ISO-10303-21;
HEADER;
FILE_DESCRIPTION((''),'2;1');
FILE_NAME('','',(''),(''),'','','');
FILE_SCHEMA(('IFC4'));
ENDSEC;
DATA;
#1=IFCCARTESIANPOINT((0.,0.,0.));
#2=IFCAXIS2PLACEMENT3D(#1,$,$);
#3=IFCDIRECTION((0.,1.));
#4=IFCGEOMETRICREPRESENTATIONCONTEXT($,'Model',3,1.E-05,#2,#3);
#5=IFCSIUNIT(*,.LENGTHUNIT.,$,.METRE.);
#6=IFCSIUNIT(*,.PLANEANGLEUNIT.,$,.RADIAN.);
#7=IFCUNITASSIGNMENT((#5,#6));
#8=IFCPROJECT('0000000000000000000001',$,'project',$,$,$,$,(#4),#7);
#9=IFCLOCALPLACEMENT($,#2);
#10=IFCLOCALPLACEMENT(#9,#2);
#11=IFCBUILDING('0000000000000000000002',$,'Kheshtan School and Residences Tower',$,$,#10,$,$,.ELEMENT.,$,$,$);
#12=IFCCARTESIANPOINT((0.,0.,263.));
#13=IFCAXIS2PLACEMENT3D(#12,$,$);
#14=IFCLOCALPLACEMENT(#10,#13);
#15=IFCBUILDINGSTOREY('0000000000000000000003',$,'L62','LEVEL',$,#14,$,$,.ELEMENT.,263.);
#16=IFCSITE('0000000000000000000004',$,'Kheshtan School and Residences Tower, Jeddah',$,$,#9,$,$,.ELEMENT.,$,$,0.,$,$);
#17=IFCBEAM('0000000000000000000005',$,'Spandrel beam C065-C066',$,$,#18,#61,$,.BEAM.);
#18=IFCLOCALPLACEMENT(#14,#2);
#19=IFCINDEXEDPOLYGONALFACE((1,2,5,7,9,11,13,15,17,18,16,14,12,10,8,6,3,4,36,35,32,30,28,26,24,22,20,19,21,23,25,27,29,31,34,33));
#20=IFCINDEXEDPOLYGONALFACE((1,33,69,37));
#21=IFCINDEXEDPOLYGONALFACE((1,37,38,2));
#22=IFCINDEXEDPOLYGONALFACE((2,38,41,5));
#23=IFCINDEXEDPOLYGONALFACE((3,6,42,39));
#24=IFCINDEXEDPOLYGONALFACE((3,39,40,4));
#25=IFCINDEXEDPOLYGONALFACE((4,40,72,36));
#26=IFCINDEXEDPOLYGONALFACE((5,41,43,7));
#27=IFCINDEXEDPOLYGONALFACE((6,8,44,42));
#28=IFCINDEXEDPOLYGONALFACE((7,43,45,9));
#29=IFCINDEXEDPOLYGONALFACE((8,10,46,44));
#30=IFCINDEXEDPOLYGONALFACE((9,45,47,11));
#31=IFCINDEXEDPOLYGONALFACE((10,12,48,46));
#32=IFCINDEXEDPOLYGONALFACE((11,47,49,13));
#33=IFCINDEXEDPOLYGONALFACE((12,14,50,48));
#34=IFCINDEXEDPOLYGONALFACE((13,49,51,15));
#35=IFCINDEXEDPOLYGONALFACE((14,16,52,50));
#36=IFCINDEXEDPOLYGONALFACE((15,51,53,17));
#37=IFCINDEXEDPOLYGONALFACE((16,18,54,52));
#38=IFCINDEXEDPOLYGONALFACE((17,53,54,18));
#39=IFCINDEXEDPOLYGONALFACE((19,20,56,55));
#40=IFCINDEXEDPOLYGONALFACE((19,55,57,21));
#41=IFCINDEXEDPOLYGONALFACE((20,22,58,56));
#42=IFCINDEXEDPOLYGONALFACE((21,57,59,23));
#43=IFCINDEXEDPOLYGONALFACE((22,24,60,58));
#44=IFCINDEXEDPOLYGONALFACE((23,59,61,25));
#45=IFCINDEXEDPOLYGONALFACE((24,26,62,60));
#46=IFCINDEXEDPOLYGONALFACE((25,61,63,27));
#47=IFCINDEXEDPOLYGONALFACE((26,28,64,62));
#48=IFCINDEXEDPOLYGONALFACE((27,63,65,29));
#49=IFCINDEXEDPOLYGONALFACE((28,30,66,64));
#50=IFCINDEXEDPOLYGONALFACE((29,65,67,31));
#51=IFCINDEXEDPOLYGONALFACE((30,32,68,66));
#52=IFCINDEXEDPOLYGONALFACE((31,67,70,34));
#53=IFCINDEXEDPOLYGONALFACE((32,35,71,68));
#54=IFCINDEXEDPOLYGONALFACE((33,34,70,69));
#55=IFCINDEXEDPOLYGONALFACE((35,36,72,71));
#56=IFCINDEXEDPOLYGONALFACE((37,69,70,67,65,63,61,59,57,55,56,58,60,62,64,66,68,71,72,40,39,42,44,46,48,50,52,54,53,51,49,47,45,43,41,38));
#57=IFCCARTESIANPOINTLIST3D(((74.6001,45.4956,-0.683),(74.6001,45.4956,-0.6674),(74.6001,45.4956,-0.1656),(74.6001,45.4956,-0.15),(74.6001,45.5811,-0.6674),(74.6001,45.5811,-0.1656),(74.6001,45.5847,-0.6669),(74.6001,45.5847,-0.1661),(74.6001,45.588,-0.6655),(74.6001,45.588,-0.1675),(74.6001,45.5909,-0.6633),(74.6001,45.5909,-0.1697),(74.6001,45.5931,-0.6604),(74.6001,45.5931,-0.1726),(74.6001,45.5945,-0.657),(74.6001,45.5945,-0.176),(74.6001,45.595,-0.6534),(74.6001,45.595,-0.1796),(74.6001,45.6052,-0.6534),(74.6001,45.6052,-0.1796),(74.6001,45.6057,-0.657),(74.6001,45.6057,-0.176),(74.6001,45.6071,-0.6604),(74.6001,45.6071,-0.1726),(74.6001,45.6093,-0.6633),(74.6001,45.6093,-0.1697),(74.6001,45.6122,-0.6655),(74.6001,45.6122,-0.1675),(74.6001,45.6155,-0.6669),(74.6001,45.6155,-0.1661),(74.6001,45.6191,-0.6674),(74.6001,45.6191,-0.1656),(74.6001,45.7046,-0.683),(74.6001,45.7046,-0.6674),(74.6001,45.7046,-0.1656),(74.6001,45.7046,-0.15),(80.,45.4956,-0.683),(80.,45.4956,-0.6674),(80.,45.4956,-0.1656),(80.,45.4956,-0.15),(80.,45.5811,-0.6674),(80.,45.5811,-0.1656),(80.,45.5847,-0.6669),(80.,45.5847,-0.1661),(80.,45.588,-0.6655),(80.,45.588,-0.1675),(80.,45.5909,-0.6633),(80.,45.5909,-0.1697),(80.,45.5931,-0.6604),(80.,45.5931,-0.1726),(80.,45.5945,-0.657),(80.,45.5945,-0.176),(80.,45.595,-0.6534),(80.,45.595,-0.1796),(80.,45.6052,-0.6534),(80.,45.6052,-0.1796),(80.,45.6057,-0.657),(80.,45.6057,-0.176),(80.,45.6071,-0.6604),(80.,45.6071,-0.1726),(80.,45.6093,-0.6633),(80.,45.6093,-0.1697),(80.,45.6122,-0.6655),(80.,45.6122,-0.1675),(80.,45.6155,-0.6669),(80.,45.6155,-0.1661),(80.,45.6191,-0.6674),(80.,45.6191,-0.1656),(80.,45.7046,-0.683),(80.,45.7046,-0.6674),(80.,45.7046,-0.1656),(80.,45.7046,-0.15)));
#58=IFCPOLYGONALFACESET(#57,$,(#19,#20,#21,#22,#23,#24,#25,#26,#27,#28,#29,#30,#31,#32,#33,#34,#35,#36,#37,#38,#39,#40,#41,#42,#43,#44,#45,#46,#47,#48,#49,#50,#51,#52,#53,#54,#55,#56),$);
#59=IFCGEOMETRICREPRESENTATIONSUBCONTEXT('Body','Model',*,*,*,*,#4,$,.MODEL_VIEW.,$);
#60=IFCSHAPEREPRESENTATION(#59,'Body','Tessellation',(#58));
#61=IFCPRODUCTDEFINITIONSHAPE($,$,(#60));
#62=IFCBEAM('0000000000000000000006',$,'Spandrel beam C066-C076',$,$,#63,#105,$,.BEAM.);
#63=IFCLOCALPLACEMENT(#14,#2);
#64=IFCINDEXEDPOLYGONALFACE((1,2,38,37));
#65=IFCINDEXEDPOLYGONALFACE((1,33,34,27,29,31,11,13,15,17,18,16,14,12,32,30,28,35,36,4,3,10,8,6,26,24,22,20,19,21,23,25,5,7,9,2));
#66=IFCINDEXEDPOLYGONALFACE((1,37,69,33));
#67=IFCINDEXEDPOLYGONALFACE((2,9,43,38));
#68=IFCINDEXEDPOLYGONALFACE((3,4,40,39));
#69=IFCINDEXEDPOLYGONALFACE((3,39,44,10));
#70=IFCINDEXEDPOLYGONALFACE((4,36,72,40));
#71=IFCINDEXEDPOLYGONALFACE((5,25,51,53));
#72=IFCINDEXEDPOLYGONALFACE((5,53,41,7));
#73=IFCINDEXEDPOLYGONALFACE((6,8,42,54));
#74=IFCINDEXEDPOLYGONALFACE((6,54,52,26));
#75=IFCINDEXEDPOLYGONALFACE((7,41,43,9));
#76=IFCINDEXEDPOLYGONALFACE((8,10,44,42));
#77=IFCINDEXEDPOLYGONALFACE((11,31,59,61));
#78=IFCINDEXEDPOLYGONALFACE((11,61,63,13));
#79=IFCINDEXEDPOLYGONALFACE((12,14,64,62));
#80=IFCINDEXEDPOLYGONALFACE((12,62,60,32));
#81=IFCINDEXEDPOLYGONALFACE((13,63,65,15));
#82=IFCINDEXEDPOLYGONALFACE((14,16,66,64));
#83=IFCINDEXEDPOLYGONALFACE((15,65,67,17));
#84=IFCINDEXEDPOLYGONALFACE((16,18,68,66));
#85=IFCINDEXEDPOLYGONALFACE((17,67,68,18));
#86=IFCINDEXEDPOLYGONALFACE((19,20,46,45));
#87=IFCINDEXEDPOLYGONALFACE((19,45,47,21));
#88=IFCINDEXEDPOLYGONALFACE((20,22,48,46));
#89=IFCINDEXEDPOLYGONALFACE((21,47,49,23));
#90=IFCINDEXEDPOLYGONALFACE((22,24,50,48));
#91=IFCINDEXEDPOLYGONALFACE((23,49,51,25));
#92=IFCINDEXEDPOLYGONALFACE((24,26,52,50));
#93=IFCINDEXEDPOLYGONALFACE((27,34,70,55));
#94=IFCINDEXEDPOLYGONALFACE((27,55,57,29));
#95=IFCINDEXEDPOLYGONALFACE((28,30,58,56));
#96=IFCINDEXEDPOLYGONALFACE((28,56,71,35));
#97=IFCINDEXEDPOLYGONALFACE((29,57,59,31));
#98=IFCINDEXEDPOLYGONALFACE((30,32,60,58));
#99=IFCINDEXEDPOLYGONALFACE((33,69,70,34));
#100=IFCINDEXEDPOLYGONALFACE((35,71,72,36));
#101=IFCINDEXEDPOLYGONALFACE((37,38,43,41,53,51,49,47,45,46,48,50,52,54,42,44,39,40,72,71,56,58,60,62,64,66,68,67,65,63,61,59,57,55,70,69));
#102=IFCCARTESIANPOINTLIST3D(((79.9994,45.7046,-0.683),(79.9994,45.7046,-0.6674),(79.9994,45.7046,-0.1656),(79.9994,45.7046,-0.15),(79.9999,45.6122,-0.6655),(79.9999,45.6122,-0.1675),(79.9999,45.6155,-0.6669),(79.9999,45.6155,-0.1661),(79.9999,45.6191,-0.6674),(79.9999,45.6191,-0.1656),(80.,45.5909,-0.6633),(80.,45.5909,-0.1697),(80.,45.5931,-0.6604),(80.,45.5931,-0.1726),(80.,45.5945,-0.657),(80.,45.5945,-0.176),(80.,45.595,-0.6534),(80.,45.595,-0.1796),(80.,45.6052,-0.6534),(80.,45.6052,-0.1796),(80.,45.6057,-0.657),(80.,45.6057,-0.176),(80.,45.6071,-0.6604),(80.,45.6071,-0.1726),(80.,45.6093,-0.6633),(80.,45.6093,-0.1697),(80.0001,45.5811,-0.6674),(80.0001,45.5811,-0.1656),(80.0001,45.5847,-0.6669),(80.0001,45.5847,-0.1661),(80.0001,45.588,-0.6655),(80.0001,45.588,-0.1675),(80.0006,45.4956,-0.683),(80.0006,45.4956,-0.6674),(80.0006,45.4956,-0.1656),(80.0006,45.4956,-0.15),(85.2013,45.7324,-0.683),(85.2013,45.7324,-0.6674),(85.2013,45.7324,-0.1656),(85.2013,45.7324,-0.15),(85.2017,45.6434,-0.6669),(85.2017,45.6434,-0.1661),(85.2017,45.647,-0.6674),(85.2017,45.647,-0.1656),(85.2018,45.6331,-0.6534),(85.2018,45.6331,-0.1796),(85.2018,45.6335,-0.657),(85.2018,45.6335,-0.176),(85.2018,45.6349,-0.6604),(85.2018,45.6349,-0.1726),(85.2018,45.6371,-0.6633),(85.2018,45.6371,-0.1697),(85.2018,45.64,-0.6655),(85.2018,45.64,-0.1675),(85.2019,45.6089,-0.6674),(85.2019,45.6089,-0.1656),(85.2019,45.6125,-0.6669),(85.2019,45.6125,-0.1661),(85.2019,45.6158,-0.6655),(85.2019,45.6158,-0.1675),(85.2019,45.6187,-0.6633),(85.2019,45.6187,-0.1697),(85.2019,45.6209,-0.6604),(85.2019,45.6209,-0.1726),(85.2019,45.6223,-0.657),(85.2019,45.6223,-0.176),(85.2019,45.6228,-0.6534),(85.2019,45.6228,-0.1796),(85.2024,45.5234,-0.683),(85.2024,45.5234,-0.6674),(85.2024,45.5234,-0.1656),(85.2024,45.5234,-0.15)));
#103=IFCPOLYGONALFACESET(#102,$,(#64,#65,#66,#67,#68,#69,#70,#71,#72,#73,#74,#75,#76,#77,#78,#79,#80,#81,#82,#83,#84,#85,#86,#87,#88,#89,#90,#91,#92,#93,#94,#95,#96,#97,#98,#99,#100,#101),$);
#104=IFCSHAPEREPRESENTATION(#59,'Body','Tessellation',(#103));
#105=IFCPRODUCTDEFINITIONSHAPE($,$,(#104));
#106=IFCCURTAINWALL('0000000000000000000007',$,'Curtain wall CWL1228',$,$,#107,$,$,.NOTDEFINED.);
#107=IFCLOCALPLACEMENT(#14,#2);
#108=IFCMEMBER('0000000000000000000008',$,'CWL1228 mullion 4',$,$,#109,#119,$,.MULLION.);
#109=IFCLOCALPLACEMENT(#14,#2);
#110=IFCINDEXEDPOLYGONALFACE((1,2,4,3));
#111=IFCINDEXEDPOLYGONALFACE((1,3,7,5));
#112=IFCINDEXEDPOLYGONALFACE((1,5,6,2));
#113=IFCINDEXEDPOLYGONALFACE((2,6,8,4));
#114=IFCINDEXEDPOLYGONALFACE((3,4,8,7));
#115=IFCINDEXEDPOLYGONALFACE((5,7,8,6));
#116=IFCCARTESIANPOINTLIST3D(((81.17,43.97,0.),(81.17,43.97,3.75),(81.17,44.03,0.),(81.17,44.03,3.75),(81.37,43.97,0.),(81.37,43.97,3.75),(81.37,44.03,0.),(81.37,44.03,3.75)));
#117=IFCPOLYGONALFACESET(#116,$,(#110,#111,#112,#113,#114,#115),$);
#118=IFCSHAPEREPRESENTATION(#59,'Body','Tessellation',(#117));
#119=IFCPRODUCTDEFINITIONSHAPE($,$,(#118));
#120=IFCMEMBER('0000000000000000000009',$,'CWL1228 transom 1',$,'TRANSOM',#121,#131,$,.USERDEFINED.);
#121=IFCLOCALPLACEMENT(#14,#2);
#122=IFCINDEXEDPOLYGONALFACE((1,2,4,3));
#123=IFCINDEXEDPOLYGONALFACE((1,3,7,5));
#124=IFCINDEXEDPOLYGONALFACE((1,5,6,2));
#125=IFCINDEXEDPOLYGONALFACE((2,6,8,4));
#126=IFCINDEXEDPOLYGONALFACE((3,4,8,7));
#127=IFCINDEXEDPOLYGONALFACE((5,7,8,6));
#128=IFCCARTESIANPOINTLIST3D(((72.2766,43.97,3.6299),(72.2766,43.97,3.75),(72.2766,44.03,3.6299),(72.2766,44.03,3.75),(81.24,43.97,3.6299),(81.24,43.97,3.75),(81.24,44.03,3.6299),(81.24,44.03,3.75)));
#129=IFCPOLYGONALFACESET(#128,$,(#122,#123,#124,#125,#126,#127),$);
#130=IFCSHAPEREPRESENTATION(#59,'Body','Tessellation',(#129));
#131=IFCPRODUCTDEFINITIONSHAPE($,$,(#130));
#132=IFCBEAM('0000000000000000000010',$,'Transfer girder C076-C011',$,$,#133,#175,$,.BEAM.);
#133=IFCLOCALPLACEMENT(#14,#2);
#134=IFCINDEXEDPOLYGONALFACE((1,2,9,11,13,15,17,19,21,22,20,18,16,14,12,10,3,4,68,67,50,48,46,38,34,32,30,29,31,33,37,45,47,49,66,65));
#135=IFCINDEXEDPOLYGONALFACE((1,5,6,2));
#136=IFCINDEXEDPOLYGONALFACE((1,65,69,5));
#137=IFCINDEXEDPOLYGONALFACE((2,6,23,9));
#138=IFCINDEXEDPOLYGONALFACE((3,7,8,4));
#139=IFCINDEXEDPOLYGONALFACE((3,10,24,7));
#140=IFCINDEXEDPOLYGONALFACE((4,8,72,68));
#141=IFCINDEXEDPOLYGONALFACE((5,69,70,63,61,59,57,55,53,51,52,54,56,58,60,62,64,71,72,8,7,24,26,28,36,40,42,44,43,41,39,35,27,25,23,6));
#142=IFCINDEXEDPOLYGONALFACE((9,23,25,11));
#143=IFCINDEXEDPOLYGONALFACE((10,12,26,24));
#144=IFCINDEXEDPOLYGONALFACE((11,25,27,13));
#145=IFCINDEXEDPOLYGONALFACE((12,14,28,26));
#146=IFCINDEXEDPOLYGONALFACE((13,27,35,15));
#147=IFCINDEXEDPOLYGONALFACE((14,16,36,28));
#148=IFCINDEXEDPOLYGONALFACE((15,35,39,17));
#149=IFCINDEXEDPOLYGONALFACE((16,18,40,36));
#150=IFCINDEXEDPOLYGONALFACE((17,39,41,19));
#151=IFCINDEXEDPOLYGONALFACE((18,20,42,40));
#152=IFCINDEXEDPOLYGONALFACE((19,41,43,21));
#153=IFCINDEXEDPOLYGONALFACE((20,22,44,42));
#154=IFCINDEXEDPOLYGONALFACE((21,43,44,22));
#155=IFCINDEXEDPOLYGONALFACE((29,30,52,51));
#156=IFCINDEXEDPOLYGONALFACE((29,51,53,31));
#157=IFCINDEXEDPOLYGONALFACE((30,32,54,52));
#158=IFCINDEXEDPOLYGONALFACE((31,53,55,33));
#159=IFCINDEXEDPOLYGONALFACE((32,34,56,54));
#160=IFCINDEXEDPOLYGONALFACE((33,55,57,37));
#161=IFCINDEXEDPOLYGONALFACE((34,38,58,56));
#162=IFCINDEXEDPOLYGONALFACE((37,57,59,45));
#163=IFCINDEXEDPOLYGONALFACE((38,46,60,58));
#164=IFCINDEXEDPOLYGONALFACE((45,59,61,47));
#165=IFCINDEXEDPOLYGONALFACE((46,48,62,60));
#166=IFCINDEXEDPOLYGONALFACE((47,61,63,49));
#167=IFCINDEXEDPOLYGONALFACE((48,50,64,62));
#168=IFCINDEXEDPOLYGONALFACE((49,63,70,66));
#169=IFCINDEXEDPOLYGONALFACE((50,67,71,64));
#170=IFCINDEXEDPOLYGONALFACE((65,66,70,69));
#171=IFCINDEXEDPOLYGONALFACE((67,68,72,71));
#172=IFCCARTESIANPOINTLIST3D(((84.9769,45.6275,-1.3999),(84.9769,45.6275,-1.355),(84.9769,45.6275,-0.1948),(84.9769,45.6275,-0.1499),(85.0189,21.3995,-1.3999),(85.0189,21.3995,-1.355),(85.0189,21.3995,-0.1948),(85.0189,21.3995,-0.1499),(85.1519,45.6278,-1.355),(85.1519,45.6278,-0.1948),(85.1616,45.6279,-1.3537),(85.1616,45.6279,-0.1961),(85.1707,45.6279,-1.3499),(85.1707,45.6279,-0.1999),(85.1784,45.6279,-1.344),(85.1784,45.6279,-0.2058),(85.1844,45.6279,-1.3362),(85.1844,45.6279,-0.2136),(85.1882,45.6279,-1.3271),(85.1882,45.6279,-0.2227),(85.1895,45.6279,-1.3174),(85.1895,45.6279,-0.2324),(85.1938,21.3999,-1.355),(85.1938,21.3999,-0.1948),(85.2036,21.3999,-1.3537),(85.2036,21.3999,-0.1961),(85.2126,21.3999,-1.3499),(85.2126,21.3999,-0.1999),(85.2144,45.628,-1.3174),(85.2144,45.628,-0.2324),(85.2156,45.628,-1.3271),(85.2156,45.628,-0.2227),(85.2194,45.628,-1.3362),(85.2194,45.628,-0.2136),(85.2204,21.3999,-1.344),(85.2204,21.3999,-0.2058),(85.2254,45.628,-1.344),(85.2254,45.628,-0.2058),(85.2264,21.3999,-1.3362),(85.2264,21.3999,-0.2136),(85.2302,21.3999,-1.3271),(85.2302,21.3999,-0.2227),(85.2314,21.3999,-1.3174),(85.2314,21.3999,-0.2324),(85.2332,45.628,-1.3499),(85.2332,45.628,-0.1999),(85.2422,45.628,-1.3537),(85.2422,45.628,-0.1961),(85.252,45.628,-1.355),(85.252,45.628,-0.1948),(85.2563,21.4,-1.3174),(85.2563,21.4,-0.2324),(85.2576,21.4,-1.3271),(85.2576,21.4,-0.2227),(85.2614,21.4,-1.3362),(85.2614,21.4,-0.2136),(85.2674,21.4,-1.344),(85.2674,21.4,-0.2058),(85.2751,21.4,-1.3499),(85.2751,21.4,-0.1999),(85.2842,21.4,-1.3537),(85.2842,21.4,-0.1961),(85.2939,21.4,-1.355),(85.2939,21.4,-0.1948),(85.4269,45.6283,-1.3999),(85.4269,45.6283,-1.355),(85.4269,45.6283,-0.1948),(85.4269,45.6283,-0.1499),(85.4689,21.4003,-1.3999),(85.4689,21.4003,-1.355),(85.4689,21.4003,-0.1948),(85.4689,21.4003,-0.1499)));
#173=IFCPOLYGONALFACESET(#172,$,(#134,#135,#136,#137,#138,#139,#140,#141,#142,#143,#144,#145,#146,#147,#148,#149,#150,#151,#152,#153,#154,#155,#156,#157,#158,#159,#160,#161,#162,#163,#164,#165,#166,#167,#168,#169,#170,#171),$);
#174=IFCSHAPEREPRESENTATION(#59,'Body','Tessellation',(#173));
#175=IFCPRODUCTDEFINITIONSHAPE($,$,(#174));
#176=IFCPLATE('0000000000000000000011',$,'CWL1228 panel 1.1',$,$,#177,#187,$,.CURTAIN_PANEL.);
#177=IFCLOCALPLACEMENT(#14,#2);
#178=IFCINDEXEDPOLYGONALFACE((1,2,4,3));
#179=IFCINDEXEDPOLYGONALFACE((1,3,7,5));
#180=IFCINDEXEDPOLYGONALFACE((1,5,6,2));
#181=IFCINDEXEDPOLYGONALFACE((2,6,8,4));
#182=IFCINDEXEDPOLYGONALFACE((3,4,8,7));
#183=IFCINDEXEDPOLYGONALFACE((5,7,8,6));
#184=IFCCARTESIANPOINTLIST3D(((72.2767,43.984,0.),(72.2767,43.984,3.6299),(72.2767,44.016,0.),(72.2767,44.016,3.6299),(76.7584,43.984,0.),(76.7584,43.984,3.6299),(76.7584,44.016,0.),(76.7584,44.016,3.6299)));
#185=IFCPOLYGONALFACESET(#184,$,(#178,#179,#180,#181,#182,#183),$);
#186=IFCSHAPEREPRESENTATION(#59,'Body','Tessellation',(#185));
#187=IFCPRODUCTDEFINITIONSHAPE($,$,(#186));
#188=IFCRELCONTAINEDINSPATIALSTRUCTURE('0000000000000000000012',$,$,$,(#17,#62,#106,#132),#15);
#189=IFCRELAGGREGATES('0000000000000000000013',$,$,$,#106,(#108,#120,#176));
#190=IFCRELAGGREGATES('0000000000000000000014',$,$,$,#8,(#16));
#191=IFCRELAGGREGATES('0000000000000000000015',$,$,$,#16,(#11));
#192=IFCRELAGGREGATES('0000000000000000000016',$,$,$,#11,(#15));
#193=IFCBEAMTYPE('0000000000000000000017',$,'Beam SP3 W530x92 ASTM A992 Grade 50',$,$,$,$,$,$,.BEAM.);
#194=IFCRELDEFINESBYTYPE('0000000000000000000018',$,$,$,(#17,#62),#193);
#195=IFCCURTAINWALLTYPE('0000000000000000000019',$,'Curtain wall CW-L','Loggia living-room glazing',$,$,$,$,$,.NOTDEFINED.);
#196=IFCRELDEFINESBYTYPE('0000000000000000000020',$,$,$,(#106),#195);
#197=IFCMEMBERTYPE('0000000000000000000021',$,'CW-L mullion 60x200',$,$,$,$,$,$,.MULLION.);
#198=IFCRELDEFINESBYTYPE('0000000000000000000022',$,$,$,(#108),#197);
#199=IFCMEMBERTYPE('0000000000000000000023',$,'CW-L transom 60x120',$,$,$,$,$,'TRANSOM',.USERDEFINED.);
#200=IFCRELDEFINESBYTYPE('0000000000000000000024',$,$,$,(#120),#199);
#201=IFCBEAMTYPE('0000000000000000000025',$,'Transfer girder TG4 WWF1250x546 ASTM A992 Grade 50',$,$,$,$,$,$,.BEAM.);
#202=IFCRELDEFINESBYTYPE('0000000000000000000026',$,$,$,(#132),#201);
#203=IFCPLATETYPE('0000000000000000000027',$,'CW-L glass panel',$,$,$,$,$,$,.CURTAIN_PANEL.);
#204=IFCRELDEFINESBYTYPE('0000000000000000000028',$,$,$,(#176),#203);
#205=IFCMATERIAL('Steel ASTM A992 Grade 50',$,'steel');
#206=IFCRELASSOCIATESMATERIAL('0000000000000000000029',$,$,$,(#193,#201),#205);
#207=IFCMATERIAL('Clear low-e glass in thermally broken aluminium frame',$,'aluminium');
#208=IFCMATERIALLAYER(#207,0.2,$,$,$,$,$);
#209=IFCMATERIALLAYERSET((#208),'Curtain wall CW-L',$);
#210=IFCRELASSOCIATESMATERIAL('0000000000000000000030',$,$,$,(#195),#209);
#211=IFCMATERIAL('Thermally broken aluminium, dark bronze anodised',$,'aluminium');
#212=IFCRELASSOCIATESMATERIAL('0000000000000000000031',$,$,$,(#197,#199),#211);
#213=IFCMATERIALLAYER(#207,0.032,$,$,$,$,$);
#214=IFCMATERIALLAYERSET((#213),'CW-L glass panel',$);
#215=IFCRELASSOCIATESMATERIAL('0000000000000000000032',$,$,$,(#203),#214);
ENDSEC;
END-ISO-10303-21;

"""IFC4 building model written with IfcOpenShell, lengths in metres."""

from ifc_helpers import new_model, si_unit, direction, frame, origin, origin_2d, place, context, subcontext, project, spatial, rectangle, i_section, extrude, material, layer, layer_set, material_profile, profile_set, type_object, element, aggregate, save


model = new_model("IFC4")

# Units and contexts
model_context = context("Model", 3, precision=1e-05, world=origin(), true_north=direction((0.0, 1.0)))
body_context = subcontext(model_context, "Body", "Model", "MODEL_VIEW")
ifc_project = project(units=[si_unit("LENGTHUNIT", "METRE"), si_unit("PLANEANGLEUNIT", "RADIAN")], contexts=[model_context])

# Site, building, storey
site_placement = place(None, origin())
site = spatial("IfcSite", under=ifc_project, at=site_placement, Name="Kheshtan School and Residences Tower, Jeddah", CompositionType="ELEMENT", RefElevation=0.0)
building_placement = place(site_placement, origin())
building = spatial("IfcBuilding", under=site, at=building_placement, Name="Kheshtan School and Residences Tower", CompositionType="ELEMENT")
storey_placement = place(building_placement, frame((0.0, 0.0, 263.0)))
storey = spatial("IfcBuildingStorey", under=building, at=storey_placement, Name="L62", Description="LEVEL", CompositionType="ELEMENT", Elevation=263.0)

# Shared definitions
ifc_material_1 = material(Name="Steel ASTM A992 Grade 50", Category="steel")

# Beams
ifc_material_profile_1 = material_profile(ifc_material_1, i_section(OverallWidth=0.209, OverallDepth=0.533, WebThickness=0.0103, FlangeThickness=0.0156, FilletRadius=0.0139, at=origin_2d()), Name="W530x92")
ifc_profile_set_1 = profile_set([ifc_material_profile_1], Name="Steel ASTM A992 Grade 50")
beam_type_1 = type_object("IfcBeamType", Name="Beam SP3 W530x92 ASTM A992 Grade 50", PredefinedType="BEAM", material=ifc_profile_set_1)
beam_1_placement = place(storey_placement, frame((74.6001, 45.6001, -0.4165), z_axis=(1.0, 0.0, 0.0), x_axis=(0.0, 1.0, 0.0)))
element("IfcBeam", 1, at=beam_1_placement, inside=storey, type_object=beam_type_1, Name="Spandrel beam C065-C066", PredefinedType="BEAM", context=body_context, shape_type="SweptSolid", body=[
    extrude(i_section(OverallWidth=0.209, OverallDepth=0.533, WebThickness=0.0103, FlangeThickness=0.0156, FilletRadius=0.0139, at=origin_2d()), origin(), (0.0, 0.0, 1.0), 5.3999),
])
beam_2_placement = place(storey_placement, frame((80.0, 45.6001, -0.4165), z_axis=(0.999986, 0.00535, 0.0), x_axis=(-0.00535, 0.999986, 0.0)))
element("IfcBeam", 2, at=beam_2_placement, inside=storey, type_object=beam_type_1, Name="Spandrel beam C066-C076", PredefinedType="BEAM", context=body_context, shape_type="SweptSolid", body=[
    extrude(i_section(OverallWidth=0.209, OverallDepth=0.533, WebThickness=0.0103, FlangeThickness=0.0156, FilletRadius=0.0139, at=origin_2d()), origin(), (0.0, 0.0, 1.0), 5.2019),
])

# Curtain wall, members
ifc_material_2 = material(Name="Clear low-e glass in thermally broken aluminium frame", Category="aluminium")
ifc_layer_1 = layer(ifc_material_2, 0.2)
ifc_layer_set_1 = layer_set([ifc_layer_1], Name="Curtain wall CW-L")
curtain_wall_type = type_object("IfcCurtainWallType", Name="Curtain wall CW-L", Description="Loggia living-room glazing", PredefinedType="NOTDEFINED", material=ifc_layer_set_1)
curtain_wall_placement = place(storey_placement, origin())
curtain_wall = element("IfcCurtainWall", 3, at=curtain_wall_placement, inside=storey, type_object=curtain_wall_type, Name="Curtain wall CWL1228", PredefinedType="NOTDEFINED")
ifc_material_3 = material(Name="Thermally broken aluminium, dark bronze anodised", Category="aluminium")
ifc_material_profile_2 = material_profile(ifc_material_3, rectangle(XDim=0.0601, YDim=0.2, at=origin_2d()), Name="CW-L mullion 60x200")
ifc_profile_set_2 = profile_set([ifc_material_profile_2], Name="Thermally broken aluminium, dark bronze anodised")
member_type_1 = type_object("IfcMemberType", Name="CW-L mullion 60x200", PredefinedType="MULLION", material=ifc_profile_set_2)
member_1_placement = place(storey_placement, frame((81.27, 44.0, 0.0), z_axis=(0.0, 0.0, 1.0), x_axis=(0.0, 1.0, 0.0)))
member_1 = element("IfcMember", 4, at=member_1_placement, type_object=member_type_1, Name="CWL1228 mullion 4", PredefinedType="MULLION", context=body_context, shape_type="SweptSolid", body=[
    extrude(rectangle(XDim=0.0601, YDim=0.2, at=origin_2d()), origin(), (0.0, 0.0, 1.0), 3.75),
])
ifc_material_profile_3 = material_profile(ifc_material_3, rectangle(XDim=0.0601, YDim=0.1201, at=origin_2d()), Name="CW-L transom 60x120")
ifc_profile_set_3 = profile_set([ifc_material_profile_3], Name="Thermally broken aluminium, dark bronze anodised")
member_type_2 = type_object("IfcMemberType", Name="CW-L transom 60x120", ElementType="TRANSOM", PredefinedType="USERDEFINED", material=ifc_profile_set_3)
member_2_placement = place(storey_placement, frame((72.2766, 44.0, 3.6899), z_axis=(1.0, 0.0, 0.0), x_axis=(0.0, 1.0, 0.0)))
member_2 = element("IfcMember", 5, at=member_2_placement, type_object=member_type_2, Name="CWL1228 transom 1", ObjectType="TRANSOM", PredefinedType="USERDEFINED", context=body_context, shape_type="SweptSolid", body=[
    extrude(rectangle(XDim=0.0601, YDim=0.1201, at=origin_2d()), origin(), (0.0, 0.0, 1.0), 8.9634),
])

# Beam
ifc_material_profile_4 = material_profile(ifc_material_1, i_section(OverallWidth=0.45, OverallDepth=1.25, WebThickness=0.0249, FlangeThickness=0.0449, FilletRadius=0.0376, at=origin_2d()), Name="WWF1250x546")
ifc_profile_set_4 = profile_set([ifc_material_profile_4], Name="Steel ASTM A992 Grade 50")
beam_type_2 = type_object("IfcBeamType", Name="Transfer girder TG4 WWF1250x546 ASTM A992 Grade 50", PredefinedType="BEAM", material=ifc_profile_set_4)
beam_3_placement = place(storey_placement, frame((85.2019, 45.6279, -0.7749), z_axis=(0.001733, -0.999998, 0.0), x_axis=(0.999998, 0.001733, 0.0)))
element("IfcBeam", 6, at=beam_3_placement, inside=storey, type_object=beam_type_2, Name="Transfer girder C076-C011", PredefinedType="BEAM", context=body_context, shape_type="SweptSolid", body=[
    extrude(i_section(OverallWidth=0.45, OverallDepth=1.25, WebThickness=0.0249, FlangeThickness=0.0449, FilletRadius=0.0376, at=origin_2d()), origin(), (0.0, 0.0, 1.0), 24.228),
])

# Plate
ifc_layer_2 = layer(ifc_material_2, 0.032)
ifc_layer_set_2 = layer_set([ifc_layer_2], Name="CW-L glass panel")
plate_type = type_object("IfcPlateType", Name="CW-L glass panel", PredefinedType="CURTAIN_PANEL", material=ifc_layer_set_2)
plate_1_placement = place(storey_placement, frame((74.5176, 44.0, 0.0), z_axis=(0.0, 0.0, 1.0), x_axis=(1.0, 0.0, 0.0)))
plate_1 = element("IfcPlate", 7, at=plate_1_placement, type_object=plate_type, Name="CWL1228 panel 1.1", PredefinedType="CURTAIN_PANEL", context=body_context, shape_type="SweptSolid", body=[
    extrude(rectangle(XDim=4.4817, YDim=0.032, at=origin_2d()), origin(), (0.0, 0.0, 1.0), 3.6299),
])
aggregate(curtain_wall, [member_1, member_2, plate_1])

save(model, "model.ifc")
